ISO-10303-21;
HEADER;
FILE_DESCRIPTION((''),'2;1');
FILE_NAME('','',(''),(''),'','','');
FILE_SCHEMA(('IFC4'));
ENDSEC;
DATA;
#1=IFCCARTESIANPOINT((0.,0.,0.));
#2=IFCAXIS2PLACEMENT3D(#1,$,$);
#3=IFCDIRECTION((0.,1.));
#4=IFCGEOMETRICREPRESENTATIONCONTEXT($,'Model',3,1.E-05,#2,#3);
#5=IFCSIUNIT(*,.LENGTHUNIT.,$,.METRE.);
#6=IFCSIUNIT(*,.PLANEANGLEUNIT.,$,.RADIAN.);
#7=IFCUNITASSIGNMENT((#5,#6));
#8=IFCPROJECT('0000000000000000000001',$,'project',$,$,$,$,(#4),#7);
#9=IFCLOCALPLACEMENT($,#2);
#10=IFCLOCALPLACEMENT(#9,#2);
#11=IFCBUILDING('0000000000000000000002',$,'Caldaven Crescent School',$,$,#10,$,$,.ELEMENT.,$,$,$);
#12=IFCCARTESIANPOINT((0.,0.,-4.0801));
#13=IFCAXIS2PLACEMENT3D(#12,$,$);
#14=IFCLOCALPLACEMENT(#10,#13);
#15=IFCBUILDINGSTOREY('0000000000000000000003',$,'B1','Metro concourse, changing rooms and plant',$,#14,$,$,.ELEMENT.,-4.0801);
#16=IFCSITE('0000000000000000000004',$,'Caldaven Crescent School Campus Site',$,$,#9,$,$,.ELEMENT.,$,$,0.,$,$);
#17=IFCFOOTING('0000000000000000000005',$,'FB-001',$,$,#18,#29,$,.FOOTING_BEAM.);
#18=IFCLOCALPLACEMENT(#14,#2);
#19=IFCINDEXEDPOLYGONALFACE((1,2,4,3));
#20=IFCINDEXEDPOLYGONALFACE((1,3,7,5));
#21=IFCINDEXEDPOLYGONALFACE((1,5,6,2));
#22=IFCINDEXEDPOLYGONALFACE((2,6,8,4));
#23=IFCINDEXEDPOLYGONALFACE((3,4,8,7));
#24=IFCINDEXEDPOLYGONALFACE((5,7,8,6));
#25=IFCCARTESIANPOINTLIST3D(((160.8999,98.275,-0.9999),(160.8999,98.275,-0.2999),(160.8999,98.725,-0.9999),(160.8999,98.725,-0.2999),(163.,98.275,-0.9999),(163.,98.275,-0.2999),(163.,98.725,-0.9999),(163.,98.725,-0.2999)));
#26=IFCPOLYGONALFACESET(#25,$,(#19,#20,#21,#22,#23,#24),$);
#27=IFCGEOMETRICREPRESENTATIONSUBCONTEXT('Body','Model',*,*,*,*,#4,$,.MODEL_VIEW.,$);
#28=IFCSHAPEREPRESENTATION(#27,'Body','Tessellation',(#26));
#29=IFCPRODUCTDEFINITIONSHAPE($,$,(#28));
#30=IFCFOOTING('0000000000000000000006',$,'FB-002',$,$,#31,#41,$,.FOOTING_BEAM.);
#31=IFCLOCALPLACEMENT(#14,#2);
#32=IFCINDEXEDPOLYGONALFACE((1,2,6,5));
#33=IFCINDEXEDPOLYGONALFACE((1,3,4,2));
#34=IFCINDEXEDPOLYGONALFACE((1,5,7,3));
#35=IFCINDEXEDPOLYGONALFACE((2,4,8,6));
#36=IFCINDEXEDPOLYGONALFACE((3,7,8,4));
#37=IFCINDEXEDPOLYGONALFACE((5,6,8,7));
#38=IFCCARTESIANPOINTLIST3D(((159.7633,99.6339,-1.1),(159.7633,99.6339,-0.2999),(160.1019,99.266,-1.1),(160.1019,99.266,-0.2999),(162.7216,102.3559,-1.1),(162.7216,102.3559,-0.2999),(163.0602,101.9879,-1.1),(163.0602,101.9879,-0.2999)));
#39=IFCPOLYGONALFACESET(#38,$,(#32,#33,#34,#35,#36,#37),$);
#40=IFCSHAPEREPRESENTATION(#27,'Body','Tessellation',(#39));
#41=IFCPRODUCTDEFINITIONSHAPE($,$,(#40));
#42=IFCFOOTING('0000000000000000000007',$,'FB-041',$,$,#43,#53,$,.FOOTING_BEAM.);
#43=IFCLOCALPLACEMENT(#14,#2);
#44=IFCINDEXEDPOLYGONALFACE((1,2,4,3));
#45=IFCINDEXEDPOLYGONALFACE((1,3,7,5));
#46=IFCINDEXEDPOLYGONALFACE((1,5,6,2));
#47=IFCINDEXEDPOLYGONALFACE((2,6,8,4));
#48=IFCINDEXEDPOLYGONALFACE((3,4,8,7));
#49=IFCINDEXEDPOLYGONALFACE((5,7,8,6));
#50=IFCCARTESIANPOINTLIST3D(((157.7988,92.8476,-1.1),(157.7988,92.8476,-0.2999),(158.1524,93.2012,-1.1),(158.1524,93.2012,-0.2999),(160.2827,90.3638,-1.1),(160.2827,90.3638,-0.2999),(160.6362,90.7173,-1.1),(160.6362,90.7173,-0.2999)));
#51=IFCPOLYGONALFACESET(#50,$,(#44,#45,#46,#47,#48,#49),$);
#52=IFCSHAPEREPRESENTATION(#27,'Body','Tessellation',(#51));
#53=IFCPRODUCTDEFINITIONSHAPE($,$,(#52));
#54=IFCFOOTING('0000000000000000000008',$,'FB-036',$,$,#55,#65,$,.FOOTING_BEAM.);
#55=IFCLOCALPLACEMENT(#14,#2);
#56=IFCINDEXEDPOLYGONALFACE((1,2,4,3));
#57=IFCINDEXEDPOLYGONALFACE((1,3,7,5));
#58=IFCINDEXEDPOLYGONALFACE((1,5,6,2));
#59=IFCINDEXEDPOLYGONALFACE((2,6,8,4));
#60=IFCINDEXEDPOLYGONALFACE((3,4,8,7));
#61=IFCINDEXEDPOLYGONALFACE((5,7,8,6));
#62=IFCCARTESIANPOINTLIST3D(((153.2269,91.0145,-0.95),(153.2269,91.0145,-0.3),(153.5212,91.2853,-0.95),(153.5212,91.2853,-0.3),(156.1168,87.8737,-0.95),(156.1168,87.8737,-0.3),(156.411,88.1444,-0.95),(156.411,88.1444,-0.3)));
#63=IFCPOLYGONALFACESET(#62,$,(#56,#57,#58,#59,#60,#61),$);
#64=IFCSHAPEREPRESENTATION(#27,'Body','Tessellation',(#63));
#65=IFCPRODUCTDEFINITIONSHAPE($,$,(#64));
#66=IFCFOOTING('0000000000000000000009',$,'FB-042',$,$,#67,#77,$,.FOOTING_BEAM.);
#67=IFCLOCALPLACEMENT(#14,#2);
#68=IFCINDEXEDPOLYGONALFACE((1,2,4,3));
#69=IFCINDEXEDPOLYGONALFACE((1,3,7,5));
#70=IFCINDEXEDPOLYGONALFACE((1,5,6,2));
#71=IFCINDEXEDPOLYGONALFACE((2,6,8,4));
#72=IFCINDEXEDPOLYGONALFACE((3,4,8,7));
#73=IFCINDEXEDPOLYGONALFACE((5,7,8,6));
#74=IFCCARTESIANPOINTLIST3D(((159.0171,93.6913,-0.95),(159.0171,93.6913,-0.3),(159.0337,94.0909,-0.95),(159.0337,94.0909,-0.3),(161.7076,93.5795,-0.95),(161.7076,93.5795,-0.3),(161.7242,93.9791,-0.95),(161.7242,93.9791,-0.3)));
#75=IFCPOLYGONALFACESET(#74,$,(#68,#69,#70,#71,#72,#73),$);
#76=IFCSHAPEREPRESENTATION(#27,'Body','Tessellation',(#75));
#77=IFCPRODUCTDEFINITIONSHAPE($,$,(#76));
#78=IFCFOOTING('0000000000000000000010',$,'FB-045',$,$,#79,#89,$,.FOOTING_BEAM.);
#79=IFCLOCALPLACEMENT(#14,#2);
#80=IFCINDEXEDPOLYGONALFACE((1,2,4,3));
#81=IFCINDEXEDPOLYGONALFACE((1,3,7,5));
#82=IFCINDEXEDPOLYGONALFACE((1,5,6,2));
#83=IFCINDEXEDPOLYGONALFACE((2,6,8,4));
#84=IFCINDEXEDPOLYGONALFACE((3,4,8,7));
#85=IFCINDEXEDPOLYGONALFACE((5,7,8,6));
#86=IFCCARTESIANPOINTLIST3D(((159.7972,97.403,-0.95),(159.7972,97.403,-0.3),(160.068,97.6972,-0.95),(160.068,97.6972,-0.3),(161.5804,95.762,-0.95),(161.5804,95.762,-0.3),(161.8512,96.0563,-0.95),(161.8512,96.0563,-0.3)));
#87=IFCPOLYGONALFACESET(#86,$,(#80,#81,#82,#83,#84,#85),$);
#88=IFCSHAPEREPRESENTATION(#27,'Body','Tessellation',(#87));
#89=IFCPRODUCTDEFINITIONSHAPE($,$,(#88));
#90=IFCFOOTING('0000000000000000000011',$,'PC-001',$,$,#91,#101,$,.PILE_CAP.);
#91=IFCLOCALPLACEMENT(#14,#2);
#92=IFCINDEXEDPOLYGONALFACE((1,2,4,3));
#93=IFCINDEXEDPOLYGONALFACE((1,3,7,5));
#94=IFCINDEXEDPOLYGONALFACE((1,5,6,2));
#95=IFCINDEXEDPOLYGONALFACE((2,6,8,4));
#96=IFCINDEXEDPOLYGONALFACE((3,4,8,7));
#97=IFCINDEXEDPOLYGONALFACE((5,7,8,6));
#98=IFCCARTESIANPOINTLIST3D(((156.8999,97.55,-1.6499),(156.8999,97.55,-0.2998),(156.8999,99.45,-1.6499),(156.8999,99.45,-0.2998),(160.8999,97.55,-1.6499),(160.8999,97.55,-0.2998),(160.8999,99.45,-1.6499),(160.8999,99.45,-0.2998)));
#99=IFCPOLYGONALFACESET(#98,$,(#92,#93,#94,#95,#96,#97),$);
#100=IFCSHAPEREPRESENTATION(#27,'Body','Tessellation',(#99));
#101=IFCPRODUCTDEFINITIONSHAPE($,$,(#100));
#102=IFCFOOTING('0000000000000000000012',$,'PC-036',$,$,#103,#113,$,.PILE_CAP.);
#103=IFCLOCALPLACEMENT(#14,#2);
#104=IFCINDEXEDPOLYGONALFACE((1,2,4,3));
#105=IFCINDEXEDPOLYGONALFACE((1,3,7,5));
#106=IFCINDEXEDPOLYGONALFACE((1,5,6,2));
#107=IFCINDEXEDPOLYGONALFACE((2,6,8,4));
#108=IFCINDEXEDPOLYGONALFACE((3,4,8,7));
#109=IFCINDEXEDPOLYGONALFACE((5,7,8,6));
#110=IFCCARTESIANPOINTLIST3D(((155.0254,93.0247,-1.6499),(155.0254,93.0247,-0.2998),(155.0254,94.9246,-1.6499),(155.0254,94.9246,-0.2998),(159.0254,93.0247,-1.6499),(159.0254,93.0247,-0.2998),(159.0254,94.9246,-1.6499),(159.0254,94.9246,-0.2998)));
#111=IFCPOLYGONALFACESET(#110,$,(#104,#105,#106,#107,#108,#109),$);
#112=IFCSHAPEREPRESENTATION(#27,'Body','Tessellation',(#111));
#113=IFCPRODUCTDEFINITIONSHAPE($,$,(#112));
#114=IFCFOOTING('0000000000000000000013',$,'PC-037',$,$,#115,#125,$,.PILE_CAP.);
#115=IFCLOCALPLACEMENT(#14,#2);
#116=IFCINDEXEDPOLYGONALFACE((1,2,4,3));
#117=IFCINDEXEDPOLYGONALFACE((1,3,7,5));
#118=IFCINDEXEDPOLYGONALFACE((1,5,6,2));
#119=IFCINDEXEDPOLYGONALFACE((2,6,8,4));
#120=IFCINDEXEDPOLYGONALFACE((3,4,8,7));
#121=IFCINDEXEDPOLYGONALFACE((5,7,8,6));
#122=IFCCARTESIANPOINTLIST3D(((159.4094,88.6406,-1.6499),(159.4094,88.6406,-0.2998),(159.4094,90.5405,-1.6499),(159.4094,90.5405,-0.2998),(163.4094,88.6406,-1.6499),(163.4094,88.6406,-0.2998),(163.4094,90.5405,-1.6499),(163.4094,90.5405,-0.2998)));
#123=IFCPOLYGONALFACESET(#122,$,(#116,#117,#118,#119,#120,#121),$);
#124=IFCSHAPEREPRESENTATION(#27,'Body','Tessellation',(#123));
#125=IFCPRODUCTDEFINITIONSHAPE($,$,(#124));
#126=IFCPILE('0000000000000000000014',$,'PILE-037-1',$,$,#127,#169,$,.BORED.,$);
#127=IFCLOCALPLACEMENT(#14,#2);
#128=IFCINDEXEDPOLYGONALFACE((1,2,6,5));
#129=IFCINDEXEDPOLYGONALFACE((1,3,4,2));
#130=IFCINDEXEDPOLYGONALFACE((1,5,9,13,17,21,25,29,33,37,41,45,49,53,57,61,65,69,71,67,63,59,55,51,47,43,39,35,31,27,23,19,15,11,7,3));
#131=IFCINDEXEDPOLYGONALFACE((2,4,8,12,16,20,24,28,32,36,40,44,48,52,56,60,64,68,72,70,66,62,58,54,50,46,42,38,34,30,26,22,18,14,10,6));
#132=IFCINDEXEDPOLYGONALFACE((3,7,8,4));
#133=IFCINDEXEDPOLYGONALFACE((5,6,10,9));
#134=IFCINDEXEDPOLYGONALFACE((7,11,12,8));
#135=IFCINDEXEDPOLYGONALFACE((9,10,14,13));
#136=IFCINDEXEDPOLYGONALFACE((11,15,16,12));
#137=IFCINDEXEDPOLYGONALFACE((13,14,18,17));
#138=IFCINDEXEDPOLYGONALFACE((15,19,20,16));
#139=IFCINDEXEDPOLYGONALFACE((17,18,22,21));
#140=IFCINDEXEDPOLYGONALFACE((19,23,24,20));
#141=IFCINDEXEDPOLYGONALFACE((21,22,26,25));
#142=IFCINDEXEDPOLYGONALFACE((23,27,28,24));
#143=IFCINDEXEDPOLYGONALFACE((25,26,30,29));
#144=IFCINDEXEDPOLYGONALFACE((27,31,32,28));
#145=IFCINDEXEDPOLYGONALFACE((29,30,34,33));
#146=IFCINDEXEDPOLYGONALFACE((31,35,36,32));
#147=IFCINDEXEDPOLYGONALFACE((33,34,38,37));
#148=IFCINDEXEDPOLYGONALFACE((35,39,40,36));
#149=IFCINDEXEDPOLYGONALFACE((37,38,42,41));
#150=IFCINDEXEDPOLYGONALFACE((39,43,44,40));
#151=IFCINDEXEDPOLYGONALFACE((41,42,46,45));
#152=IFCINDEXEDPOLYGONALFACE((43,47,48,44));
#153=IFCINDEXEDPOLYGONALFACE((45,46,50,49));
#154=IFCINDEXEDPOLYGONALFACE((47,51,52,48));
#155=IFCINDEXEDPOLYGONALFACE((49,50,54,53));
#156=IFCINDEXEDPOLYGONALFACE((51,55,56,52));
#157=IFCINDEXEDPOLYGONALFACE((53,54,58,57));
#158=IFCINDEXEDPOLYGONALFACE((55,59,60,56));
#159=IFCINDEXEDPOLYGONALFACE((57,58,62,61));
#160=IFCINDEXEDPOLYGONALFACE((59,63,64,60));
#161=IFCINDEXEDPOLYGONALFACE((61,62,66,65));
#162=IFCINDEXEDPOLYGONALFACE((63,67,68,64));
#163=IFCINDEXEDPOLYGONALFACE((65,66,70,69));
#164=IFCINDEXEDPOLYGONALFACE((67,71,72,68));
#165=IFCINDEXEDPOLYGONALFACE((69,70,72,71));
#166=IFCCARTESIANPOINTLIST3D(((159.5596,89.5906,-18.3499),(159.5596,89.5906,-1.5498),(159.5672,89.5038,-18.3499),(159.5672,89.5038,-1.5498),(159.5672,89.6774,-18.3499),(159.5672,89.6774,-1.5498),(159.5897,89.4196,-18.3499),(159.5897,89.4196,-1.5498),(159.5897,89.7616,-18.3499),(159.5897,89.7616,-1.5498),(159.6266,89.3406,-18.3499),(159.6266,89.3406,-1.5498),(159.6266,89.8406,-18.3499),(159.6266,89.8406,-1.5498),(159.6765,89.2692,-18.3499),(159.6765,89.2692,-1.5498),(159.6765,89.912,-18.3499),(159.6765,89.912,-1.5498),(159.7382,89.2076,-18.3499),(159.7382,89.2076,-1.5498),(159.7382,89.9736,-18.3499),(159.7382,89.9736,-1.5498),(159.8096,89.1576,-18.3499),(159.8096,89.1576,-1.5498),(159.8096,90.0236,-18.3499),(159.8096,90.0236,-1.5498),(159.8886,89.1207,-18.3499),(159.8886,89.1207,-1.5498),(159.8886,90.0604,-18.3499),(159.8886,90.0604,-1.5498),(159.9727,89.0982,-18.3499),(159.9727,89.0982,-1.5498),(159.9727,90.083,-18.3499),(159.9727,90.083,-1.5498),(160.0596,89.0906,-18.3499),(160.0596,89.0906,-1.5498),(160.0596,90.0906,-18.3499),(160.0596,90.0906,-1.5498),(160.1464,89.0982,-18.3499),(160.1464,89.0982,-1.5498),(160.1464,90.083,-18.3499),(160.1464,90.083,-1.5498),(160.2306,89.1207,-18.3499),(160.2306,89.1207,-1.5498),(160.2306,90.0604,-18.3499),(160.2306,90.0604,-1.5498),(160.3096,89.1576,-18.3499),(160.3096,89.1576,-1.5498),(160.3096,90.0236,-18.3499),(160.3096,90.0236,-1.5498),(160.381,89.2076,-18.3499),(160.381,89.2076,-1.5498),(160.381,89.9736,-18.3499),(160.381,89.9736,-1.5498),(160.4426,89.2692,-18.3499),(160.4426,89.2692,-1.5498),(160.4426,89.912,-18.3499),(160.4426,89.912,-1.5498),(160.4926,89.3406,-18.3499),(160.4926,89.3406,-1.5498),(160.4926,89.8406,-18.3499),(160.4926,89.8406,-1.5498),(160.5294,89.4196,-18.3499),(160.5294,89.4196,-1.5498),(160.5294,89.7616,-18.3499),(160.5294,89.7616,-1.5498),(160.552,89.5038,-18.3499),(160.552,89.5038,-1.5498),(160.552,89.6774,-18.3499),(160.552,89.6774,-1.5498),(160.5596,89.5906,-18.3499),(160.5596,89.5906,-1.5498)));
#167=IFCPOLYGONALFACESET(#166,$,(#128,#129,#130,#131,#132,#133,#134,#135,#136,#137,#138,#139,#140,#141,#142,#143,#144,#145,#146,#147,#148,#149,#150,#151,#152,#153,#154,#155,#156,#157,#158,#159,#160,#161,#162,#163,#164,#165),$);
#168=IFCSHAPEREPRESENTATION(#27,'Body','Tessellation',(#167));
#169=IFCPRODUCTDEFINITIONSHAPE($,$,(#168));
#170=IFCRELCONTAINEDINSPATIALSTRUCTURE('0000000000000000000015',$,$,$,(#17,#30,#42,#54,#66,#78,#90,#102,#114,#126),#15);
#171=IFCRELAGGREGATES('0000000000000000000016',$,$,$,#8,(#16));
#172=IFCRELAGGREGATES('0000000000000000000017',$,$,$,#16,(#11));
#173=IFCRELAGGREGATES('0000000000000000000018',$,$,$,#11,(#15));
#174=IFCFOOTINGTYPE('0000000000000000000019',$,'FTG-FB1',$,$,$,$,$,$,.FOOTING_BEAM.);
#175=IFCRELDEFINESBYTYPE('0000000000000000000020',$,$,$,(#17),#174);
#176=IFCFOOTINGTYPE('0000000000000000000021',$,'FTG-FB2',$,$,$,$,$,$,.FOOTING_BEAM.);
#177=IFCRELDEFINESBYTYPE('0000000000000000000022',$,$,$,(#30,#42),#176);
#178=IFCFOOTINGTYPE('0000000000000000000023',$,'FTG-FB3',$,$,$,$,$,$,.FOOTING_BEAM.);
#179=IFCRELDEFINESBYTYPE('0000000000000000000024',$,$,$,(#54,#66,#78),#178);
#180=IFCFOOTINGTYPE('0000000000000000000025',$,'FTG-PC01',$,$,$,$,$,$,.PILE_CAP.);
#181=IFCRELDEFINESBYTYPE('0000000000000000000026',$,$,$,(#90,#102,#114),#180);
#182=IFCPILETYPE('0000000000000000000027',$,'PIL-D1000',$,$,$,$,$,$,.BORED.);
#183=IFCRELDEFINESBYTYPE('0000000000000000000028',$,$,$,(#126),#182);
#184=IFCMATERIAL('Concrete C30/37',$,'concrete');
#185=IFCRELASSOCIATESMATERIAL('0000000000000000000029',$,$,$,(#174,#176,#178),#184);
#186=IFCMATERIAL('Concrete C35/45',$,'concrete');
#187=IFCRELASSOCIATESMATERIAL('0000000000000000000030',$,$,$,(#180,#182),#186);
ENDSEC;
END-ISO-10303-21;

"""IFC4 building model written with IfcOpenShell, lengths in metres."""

from ifc_helpers import new_model, si_unit, direction, frame, origin, origin_2d, place, context, subcontext, project, spatial, rectangle, circle, extrude, material, material_profile, profile_set, type_object, element, save


model = new_model("IFC4")

# Units and contexts
model_context = context("Model", 3, precision=1e-05, world=origin(), true_north=direction((0.0, 1.0)))
body_context = subcontext(model_context, "Body", "Model", "MODEL_VIEW")
ifc_project = project(units=[si_unit("LENGTHUNIT", "METRE"), si_unit("PLANEANGLEUNIT", "RADIAN")], contexts=[model_context])

# Site, building, storey
site_placement = place(None, origin())
site = spatial("IfcSite", under=ifc_project, at=site_placement, Name="Caldaven Crescent School Campus Site", CompositionType="ELEMENT", RefElevation=0.0)
building_placement = place(site_placement, origin())
building = spatial("IfcBuilding", under=site, at=building_placement, Name="Caldaven Crescent School", CompositionType="ELEMENT")
storey_placement = place(building_placement, frame((0.0, 0.0, -4.0801)))
storey = spatial("IfcBuildingStorey", under=building, at=storey_placement, Name="B1", Description="Metro concourse, changing rooms and plant", CompositionType="ELEMENT", Elevation=-4.0801)

# Footings
ifc_material_1 = material(Name="Concrete C30/37", Category="concrete")
ifc_material_profile_1 = material_profile(ifc_material_1, rectangle(XDim=0.45, YDim=0.7, at=origin_2d()), Name="FB 450x700")
ifc_profile_set_1 = profile_set([ifc_material_profile_1], Name="Concrete C30/37")
footing_type_1 = type_object("IfcFootingType", Name="FTG-FB1", PredefinedType="FOOTING_BEAM", material=ifc_profile_set_1)
footing_1_placement = place(storey_placement, frame((160.8999, 98.5, -0.6499), z_axis=(1.0, 0.0, 0.0), x_axis=(0.0, 1.0, 0.0)))
element("IfcFooting", 1, at=footing_1_placement, inside=storey, type_object=footing_type_1, Name="FB-001", PredefinedType="FOOTING_BEAM", context=body_context, shape_type="SweptSolid", body=[
    extrude(rectangle(XDim=0.45, YDim=0.7, at=origin_2d()), origin(), (0.0, 0.0, 1.0), 2.1001),
])
ifc_material_profile_2 = material_profile(ifc_material_1, rectangle(XDim=0.5, YDim=0.8, at=origin_2d()), Name="FB 500x800")
ifc_profile_set_2 = profile_set([ifc_material_profile_2], Name="Concrete C30/37")
footing_type_2 = type_object("IfcFootingType", Name="FTG-FB2", PredefinedType="FOOTING_BEAM", material=ifc_profile_set_2)
footing_2_placement = place(storey_placement, frame((159.9326, 99.45, -0.7), z_axis=(0.73589, 0.677101, 0.0), x_axis=(-0.677101, 0.73589, 0.0)))
element("IfcFooting", 2, at=footing_2_placement, inside=storey, type_object=footing_type_2, Name="FB-002", PredefinedType="FOOTING_BEAM", context=body_context, shape_type="SweptSolid", body=[
    extrude(rectangle(XDim=0.5, YDim=0.8, at=origin_2d()), origin(), (0.0, 0.0, 1.0), 4.02),
])
footing_3_placement = place(storey_placement, frame((157.9756, 93.0244, -0.7), z_axis=(0.707107, -0.707107, 0.0), x_axis=(0.707107, 0.707107, 0.0)))
element("IfcFooting", 3, at=footing_3_placement, inside=storey, type_object=footing_type_2, Name="FB-041", PredefinedType="FOOTING_BEAM", context=body_context, shape_type="SweptSolid", body=[
    extrude(rectangle(XDim=0.5, YDim=0.8, at=origin_2d()), origin(), (0.0, 0.0, 1.0), 3.5127),
])
ifc_material_profile_3 = material_profile(ifc_material_1, rectangle(XDim=0.3999, YDim=0.6499, at=origin_2d()), Name="FB 400x650")
ifc_profile_set_3 = profile_set([ifc_material_profile_3], Name="Concrete C30/37")
footing_type_3 = type_object("IfcFootingType", Name="FTG-FB3", PredefinedType="FOOTING_BEAM", material=ifc_profile_set_3)
footing_4_placement = place(storey_placement, frame((153.374, 91.1499, -0.625), z_axis=(0.677094, -0.735897, 0.0), x_axis=(0.735897, 0.677094, 0.0)))
element("IfcFooting", 4, at=footing_4_placement, inside=storey, type_object=footing_type_3, Name="FB-036", PredefinedType="FOOTING_BEAM", context=body_context, shape_type="SweptSolid", body=[
    extrude(rectangle(XDim=0.3999, YDim=0.6499, at=origin_2d()), origin(), (0.0, 0.0, 1.0), 4.2681),
])
footing_5_placement = place(storey_placement, frame((159.0254, 93.8911, -0.625), z_axis=(0.999137, -0.041525, 0.0), x_axis=(0.041525, 0.999137, 0.0)))
element("IfcFooting", 5, at=footing_5_placement, inside=storey, type_object=footing_type_3, Name="FB-042", PredefinedType="FOOTING_BEAM", context=body_context, shape_type="SweptSolid", body=[
    extrude(rectangle(XDim=0.3999, YDim=0.6499, at=origin_2d()), origin(), (0.0, 0.0, 1.0), 2.6929),
])
footing_6_placement = place(storey_placement, frame((161.7158, 95.9092, -0.625), z_axis=(-0.735865, 0.677129, 0.0), x_axis=(-0.677129, -0.735865, 0.0)))
element("IfcFooting", 6, at=footing_6_placement, inside=storey, type_object=footing_type_3, Name="FB-045", PredefinedType="FOOTING_BEAM", context=body_context, shape_type="SweptSolid", body=[
    extrude(rectangle(XDim=0.3999, YDim=0.6499, at=origin_2d()), origin(), (0.0, 0.0, 1.0), 2.4233),
])
ifc_material_2 = material(Name="Concrete C35/45", Category="concrete")
footing_type_4 = type_object("IfcFootingType", Name="FTG-PC01", PredefinedType="PILE_CAP", material=ifc_material_2)
for number, where, z_axis, x_axis, name in (
    (7, (158.8999, 98.5, -1.6499), (0.0, 0.0, 1.0), (1.0, 0.0, 0.0), "PC-001"),
    (8, (157.0254, 93.9746, -1.6499), (0.0, 0.0, 1.0), (1.0, 0.0, 0.0), "PC-036"),
    (9, (161.4094, 89.5906, -1.6499), (0.0, 0.0, 1.0), (1.0, 0.0, 0.0), "PC-037"),
):
    element("IfcFooting", number, at=place(storey_placement, frame(where, z_axis=z_axis, x_axis=x_axis)), inside=storey, type_object=footing_type_4, Name=name, PredefinedType="PILE_CAP", context=body_context, shape_type="SweptSolid", body=[
        extrude(rectangle(XDim=4.0, YDim=1.8999, at=origin_2d()), origin(), (0.0, 0.0, 1.0), 1.3501),
    ])

# Pile
ifc_material_profile_4 = material_profile(ifc_material_2, circle(Radius=0.5, at=origin_2d()), Name="PILE D1000")
ifc_profile_set_4 = profile_set([ifc_material_profile_4], Name="Concrete C35/45")
pile_type_1 = type_object("IfcPileType", Name="PIL-D1000", PredefinedType="BORED", material=ifc_profile_set_4)
for number, where, z_axis, x_axis, name in (
    (10, (160.0596, 89.5906, -1.5498), (0.0, 0.0, -1.0), (1.0, 0.0, 0.0), "PILE-037-1"),
):
    element("IfcPile", number, at=place(storey_placement, frame(where, z_axis=z_axis, x_axis=x_axis)), inside=storey, type_object=pile_type_1, Name=name, PredefinedType="BORED", context=body_context, shape_type="SweptSolid", body=[
        extrude(circle(Radius=0.5, at=origin_2d()), origin(), (0.0, 0.0, 1.0), 16.8),
    ])

save(model, "model.ifc")
